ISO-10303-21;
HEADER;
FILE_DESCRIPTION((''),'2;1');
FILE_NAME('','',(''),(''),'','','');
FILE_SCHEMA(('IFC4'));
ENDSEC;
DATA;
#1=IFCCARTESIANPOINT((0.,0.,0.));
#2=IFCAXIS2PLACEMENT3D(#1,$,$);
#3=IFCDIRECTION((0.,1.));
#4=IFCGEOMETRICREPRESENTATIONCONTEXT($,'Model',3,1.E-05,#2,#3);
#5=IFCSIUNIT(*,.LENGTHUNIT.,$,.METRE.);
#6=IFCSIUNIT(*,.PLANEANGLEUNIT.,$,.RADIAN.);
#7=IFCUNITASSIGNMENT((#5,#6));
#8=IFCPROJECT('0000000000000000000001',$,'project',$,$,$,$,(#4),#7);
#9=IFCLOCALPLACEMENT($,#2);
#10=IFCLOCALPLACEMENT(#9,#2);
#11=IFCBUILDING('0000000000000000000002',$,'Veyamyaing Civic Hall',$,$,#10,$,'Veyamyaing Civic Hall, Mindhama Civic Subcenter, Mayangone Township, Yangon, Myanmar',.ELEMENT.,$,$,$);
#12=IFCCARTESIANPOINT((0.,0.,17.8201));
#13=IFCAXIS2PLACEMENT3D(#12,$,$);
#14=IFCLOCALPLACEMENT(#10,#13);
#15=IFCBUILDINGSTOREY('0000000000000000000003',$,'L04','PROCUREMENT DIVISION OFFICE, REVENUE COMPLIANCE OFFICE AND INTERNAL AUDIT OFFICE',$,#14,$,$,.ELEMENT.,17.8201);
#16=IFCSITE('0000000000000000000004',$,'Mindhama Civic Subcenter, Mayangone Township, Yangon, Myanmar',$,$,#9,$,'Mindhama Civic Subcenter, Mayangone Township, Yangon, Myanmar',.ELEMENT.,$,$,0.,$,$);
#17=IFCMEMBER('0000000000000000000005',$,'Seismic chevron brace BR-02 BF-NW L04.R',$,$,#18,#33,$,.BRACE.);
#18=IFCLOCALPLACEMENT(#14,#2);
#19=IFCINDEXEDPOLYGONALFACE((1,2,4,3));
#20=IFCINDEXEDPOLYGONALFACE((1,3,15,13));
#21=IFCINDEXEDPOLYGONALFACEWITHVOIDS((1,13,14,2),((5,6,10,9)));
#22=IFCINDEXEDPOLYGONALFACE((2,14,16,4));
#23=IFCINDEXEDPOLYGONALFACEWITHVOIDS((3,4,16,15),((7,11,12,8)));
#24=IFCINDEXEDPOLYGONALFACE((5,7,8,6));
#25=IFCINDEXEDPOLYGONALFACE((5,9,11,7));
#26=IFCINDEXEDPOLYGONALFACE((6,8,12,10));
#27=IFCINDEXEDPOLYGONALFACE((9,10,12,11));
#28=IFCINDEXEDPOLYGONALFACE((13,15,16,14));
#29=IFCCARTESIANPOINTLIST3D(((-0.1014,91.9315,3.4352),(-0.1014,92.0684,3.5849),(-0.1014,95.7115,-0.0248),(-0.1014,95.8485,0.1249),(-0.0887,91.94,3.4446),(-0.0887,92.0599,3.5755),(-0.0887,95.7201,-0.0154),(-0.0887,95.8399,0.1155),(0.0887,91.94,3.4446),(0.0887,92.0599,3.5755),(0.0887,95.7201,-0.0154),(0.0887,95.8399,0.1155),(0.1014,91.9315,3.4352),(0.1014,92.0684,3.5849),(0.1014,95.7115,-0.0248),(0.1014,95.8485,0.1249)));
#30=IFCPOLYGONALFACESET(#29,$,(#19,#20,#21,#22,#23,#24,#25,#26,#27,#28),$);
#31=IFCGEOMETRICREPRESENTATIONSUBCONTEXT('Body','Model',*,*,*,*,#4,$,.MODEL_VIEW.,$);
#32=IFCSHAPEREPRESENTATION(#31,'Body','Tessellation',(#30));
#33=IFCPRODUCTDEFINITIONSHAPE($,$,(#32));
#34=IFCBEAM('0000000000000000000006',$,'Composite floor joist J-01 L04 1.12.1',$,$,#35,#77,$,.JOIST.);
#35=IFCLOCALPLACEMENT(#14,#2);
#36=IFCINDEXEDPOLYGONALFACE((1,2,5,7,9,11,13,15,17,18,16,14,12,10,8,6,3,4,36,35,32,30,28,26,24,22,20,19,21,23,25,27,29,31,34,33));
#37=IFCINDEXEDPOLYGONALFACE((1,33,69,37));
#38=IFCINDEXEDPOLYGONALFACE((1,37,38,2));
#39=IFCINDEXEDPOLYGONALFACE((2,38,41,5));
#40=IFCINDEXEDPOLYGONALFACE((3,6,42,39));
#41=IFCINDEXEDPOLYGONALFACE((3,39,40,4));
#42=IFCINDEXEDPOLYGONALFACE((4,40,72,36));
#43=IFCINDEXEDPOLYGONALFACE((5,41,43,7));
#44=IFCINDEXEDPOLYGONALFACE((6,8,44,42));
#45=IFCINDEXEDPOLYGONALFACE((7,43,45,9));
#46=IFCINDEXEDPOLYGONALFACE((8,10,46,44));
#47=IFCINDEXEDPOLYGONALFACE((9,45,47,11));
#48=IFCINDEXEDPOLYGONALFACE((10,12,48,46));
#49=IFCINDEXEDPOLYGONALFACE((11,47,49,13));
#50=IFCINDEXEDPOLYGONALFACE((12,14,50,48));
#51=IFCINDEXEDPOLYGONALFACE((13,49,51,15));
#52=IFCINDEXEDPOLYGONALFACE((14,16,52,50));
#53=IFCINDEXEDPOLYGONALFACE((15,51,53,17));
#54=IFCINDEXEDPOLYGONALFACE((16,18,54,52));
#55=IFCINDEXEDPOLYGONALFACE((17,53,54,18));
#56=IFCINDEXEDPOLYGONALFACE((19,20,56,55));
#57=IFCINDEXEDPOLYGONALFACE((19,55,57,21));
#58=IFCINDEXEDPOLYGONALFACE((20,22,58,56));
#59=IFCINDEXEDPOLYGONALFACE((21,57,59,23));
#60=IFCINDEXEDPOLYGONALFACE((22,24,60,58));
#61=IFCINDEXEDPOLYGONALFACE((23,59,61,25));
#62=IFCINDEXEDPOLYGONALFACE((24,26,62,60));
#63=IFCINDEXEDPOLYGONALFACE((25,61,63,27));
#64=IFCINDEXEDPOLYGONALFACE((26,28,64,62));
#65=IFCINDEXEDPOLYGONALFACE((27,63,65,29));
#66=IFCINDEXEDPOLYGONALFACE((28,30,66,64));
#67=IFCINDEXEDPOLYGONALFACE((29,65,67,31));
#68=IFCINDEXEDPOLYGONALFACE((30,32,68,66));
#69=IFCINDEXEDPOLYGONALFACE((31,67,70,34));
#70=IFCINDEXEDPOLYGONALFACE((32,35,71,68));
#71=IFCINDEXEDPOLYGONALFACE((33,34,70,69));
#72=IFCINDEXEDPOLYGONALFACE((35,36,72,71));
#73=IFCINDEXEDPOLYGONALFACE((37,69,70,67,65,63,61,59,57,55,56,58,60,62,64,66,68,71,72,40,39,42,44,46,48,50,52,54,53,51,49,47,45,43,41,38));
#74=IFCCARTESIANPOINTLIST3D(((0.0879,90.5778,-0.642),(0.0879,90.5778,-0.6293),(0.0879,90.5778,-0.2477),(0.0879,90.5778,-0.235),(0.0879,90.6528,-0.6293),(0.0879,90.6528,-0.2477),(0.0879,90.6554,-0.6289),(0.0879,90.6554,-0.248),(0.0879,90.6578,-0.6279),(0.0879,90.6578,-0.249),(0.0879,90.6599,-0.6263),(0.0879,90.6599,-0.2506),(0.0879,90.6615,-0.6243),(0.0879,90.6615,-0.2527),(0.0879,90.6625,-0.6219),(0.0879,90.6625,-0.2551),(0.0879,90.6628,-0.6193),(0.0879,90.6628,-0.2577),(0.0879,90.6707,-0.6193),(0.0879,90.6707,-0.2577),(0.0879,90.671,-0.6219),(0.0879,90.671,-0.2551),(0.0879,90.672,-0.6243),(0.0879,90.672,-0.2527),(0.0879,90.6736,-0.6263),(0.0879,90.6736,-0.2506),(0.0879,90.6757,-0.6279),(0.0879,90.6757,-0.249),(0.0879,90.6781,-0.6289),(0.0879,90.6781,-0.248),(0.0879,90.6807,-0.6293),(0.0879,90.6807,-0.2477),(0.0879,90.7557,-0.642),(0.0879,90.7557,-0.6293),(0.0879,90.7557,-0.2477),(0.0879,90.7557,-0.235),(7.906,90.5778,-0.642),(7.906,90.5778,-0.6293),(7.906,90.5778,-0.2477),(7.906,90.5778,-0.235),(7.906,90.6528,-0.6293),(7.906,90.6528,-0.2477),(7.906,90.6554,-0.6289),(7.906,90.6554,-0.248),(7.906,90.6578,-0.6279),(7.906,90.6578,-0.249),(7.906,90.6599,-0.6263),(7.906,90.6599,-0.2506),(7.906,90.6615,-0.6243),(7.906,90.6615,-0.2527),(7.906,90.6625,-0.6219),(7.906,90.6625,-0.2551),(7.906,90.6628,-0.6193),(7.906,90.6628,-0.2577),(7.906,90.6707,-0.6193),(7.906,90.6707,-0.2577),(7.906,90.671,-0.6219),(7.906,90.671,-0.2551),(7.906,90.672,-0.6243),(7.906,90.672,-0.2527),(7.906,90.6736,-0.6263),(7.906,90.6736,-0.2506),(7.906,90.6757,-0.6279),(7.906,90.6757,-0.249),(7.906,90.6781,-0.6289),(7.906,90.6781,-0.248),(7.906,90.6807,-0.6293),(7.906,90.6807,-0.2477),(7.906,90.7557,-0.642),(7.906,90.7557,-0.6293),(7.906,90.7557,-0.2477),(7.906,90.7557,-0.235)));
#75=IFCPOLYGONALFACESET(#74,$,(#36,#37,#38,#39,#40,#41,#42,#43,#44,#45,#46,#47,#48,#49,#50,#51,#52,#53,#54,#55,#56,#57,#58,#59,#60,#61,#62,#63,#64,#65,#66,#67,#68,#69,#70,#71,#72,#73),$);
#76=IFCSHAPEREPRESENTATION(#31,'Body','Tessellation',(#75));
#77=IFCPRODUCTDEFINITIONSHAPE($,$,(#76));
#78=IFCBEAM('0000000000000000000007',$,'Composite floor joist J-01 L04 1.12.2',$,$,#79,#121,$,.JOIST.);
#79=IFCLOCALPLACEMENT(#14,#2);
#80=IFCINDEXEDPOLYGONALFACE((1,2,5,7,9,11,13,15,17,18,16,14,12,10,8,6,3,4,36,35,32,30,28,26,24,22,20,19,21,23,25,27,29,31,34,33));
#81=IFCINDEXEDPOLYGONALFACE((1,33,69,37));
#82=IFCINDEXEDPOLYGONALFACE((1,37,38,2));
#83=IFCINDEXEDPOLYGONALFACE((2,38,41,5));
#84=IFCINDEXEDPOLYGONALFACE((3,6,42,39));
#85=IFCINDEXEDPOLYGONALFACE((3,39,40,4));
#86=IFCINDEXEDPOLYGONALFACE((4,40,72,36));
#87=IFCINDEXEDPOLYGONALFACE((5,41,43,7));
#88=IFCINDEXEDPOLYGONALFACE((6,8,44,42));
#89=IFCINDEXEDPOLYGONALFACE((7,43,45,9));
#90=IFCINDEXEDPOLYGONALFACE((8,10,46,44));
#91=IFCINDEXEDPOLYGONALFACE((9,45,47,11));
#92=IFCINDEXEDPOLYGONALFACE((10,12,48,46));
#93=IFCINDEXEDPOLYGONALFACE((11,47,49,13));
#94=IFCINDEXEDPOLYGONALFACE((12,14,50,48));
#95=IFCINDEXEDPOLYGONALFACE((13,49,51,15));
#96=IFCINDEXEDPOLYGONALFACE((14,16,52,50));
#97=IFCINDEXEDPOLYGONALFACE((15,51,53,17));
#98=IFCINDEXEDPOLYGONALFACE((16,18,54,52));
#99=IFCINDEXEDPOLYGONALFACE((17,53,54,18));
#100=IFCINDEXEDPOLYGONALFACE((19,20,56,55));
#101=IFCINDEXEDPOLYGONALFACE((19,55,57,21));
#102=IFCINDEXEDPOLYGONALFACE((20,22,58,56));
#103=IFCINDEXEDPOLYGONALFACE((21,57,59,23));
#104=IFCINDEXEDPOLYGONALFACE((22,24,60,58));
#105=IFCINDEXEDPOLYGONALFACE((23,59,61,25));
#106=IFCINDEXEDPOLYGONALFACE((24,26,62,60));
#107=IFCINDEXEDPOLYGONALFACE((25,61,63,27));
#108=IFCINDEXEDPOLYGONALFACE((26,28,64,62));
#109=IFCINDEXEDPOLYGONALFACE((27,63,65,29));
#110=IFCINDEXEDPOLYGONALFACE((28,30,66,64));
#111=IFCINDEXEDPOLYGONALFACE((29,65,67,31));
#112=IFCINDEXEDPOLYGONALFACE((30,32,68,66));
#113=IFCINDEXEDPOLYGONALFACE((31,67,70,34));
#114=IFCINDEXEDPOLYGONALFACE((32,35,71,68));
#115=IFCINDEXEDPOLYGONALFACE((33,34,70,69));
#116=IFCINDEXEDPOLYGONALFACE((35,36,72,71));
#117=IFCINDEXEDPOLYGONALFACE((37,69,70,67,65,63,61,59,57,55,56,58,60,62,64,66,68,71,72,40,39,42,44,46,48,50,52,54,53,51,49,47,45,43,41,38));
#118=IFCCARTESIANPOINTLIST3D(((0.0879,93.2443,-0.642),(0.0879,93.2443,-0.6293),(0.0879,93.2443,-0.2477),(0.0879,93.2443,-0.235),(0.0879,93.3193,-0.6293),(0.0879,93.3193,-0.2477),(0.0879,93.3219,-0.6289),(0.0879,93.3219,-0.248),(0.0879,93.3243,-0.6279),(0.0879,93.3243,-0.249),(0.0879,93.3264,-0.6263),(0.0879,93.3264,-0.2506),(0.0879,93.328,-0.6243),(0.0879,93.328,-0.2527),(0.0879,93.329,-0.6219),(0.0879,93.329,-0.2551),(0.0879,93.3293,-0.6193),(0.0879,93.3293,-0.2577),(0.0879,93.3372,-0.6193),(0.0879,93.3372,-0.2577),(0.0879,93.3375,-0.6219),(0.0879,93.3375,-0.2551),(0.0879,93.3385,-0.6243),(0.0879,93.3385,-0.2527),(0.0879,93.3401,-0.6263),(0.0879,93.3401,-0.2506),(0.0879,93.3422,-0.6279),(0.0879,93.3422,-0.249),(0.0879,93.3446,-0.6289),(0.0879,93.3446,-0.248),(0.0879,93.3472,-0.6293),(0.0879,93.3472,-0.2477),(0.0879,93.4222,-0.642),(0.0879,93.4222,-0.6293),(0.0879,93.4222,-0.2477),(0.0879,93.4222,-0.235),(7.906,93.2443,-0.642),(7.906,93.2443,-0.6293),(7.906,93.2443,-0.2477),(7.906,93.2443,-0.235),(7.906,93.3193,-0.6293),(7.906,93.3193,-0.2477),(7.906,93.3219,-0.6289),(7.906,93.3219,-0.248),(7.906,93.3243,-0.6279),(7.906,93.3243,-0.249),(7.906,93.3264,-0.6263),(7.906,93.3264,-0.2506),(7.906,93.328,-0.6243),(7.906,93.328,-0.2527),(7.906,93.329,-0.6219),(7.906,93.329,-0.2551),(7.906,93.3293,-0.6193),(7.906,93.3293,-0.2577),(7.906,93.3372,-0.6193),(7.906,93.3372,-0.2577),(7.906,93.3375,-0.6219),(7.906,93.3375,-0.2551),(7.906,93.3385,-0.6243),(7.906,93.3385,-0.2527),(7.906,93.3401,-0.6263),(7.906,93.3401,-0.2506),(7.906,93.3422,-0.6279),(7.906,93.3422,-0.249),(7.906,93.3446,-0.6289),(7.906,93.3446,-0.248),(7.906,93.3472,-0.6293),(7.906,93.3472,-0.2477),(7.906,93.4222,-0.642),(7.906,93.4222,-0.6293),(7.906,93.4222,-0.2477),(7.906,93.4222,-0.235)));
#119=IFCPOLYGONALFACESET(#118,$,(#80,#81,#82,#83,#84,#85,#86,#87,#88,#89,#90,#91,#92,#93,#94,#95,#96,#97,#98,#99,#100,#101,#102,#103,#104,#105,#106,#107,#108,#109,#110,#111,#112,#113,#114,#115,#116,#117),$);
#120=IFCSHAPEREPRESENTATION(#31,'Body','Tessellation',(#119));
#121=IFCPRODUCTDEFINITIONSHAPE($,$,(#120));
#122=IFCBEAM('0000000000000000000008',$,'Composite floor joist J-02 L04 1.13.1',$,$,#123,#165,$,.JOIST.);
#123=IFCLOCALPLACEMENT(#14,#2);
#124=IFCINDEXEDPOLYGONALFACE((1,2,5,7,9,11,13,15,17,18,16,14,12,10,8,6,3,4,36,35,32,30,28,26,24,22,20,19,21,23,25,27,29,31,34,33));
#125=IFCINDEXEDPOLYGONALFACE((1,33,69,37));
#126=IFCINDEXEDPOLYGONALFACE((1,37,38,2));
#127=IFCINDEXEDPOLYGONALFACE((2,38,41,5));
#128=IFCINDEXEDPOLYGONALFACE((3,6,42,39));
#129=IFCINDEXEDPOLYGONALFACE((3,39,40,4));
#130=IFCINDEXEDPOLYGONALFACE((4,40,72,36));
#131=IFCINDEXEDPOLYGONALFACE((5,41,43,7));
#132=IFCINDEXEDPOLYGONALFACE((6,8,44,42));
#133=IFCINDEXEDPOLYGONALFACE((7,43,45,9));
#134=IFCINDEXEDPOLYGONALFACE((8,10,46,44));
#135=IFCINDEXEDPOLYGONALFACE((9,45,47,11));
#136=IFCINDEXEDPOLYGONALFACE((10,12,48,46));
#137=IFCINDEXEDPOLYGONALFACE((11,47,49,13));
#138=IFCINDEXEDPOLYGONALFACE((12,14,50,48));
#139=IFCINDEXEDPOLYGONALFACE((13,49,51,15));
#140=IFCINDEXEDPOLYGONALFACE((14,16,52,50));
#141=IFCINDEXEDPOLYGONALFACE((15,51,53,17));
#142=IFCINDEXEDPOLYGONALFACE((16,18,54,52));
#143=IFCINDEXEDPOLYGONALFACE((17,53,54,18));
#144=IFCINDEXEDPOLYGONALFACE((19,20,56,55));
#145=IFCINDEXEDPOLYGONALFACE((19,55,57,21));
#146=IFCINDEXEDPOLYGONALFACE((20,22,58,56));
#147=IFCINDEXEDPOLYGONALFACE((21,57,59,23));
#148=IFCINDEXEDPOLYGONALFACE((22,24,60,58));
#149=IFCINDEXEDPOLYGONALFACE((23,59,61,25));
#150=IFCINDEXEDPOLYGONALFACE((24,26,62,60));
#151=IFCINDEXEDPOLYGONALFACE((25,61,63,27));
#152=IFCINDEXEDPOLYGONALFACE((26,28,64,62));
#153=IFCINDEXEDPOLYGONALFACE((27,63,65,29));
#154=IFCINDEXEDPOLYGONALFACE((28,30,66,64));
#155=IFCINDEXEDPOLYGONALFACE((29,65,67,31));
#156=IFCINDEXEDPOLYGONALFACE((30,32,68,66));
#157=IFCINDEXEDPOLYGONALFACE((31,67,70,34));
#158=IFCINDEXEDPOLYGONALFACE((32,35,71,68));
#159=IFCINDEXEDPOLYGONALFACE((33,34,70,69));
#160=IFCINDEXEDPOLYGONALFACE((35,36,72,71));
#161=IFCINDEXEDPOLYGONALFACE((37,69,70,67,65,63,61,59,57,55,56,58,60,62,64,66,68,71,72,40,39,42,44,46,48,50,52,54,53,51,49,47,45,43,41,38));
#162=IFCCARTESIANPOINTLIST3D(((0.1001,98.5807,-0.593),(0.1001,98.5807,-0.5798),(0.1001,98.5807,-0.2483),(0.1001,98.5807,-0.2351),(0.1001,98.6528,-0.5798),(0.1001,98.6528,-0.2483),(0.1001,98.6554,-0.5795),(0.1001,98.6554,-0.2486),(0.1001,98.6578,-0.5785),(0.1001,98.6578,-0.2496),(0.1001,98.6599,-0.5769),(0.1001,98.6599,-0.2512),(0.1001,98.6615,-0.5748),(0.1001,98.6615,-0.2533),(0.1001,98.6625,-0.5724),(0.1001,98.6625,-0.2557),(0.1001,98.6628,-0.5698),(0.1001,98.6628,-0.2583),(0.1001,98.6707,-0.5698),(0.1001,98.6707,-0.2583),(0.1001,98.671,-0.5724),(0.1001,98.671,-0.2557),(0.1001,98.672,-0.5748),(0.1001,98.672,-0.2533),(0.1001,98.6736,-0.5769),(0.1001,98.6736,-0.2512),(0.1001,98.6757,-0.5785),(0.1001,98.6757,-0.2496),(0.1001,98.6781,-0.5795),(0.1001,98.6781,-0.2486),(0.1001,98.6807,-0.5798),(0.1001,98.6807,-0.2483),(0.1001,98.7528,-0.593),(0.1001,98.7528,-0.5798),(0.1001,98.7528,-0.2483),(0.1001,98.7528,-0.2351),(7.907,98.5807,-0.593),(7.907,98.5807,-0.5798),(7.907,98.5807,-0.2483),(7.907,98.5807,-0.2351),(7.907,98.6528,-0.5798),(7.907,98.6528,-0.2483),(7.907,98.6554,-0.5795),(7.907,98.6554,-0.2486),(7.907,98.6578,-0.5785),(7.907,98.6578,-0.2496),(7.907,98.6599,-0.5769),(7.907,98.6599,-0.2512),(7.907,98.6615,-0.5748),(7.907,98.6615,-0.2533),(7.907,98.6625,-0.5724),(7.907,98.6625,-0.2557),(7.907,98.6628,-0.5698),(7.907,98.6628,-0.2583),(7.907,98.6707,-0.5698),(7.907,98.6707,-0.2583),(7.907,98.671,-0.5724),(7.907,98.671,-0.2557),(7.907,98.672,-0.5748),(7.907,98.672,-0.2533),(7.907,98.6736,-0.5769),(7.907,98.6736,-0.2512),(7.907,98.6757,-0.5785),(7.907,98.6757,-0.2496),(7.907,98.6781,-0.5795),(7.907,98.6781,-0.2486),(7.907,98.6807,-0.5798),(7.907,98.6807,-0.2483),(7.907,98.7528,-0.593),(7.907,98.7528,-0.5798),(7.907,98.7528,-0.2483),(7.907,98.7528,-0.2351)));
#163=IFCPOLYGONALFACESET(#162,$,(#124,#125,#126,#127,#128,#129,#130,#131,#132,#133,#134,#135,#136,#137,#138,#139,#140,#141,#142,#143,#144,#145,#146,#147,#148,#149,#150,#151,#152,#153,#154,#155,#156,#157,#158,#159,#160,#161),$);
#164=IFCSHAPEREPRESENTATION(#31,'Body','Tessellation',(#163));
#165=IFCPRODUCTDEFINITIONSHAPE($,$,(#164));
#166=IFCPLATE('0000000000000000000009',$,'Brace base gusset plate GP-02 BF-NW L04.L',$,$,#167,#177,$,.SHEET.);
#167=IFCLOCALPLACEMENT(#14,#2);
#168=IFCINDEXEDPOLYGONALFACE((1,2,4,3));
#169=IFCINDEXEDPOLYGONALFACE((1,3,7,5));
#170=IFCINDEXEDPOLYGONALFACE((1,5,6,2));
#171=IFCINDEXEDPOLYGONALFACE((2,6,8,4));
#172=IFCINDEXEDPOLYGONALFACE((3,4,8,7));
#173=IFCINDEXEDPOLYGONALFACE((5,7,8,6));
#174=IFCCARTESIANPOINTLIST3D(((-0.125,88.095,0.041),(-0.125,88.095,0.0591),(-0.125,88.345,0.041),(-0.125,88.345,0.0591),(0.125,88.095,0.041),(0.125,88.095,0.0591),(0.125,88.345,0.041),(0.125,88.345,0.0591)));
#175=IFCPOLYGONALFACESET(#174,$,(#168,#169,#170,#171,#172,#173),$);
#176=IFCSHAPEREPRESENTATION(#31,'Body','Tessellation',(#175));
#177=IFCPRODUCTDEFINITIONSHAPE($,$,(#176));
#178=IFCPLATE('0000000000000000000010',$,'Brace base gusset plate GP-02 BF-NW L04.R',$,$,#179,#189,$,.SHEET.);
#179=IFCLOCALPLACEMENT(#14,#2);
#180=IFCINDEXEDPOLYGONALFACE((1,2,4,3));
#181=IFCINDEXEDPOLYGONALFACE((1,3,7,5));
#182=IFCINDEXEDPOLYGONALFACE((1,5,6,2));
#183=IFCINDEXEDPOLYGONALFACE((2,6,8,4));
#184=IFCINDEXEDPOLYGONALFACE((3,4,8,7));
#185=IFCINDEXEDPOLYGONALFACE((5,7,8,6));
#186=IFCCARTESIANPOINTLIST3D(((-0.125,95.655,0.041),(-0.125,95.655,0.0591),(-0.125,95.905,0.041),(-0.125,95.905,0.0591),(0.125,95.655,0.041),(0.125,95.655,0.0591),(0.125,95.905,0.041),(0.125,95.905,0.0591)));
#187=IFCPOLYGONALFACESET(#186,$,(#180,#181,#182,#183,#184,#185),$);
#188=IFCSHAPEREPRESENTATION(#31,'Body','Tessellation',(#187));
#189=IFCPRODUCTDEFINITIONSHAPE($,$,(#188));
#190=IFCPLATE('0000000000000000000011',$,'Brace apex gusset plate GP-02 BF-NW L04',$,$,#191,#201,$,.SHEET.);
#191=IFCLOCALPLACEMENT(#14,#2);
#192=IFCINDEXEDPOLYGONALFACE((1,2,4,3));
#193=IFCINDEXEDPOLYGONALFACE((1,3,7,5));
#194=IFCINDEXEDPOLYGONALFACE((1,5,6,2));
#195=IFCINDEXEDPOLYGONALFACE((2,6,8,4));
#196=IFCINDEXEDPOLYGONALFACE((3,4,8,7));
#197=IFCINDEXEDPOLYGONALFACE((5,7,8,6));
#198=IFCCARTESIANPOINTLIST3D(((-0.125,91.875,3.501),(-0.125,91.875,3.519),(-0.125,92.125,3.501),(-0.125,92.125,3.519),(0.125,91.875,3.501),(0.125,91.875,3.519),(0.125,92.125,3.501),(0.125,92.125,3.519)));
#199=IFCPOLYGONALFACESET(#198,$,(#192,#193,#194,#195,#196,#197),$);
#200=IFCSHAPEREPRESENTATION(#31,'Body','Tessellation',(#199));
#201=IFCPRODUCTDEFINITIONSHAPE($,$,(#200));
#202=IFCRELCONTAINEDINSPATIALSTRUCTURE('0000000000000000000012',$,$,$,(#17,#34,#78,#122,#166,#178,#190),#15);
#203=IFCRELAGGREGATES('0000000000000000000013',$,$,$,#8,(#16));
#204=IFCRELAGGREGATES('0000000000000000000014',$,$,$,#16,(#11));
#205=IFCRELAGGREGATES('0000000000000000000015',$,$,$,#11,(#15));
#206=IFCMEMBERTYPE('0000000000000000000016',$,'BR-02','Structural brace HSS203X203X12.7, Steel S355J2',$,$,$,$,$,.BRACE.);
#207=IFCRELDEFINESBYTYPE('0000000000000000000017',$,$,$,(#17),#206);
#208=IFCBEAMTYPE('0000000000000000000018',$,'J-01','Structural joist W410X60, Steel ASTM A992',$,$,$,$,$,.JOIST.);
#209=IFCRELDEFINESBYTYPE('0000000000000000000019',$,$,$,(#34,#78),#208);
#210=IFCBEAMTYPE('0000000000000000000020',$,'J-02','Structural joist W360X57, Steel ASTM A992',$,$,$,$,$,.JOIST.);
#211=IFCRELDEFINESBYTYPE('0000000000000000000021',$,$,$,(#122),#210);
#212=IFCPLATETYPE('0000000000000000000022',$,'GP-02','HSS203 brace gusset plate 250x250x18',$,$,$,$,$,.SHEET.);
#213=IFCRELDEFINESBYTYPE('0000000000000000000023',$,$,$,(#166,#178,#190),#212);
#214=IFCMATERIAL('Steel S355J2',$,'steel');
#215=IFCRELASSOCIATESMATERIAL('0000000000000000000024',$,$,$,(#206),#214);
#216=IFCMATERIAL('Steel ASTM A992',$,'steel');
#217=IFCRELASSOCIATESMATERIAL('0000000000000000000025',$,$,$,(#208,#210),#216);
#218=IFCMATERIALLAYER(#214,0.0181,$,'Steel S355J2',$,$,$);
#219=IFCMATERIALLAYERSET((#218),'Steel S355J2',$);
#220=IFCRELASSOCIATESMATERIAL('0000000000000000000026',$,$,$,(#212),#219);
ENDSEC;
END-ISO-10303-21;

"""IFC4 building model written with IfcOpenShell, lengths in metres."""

from ifc_helpers import new_model, si_unit, direction, frame, origin, origin_2d, place, context, subcontext, project, spatial, rectangle, hollow_rectangle, i_section, extrude, material, layer, layer_set, material_profile, profile_set, type_object, element, save


model = new_model("IFC4")

# Units and contexts
model_context = context("Model", 3, precision=1e-05, world=origin(), true_north=direction((0.0, 1.0)))
body_context = subcontext(model_context, "Body", "Model", "MODEL_VIEW")
ifc_project = project(units=[si_unit("LENGTHUNIT", "METRE"), si_unit("PLANEANGLEUNIT", "RADIAN")], contexts=[model_context])

# Site, building, storey
site_placement = place(None, origin())
site = spatial("IfcSite", under=ifc_project, at=site_placement, Name="Mindhama Civic Subcenter, Mayangone Township, Yangon, Myanmar", LongName="Mindhama Civic Subcenter, Mayangone Township, Yangon, Myanmar", CompositionType="ELEMENT", RefElevation=0.0)
building_placement = place(site_placement, origin())
building = spatial("IfcBuilding", under=site, at=building_placement, Name="Veyamyaing Civic Hall", LongName="Veyamyaing Civic Hall, Mindhama Civic Subcenter, Mayangone Township, Yangon, Myanmar", CompositionType="ELEMENT")
storey_placement = place(building_placement, frame((0.0, 0.0, 17.8201)))
storey = spatial("IfcBuildingStorey", under=building, at=storey_placement, Name="L04", Description="PROCUREMENT DIVISION OFFICE, REVENUE COMPLIANCE OFFICE AND INTERNAL AUDIT OFFICE", CompositionType="ELEMENT", Elevation=17.8201)

# Shared definitions
ifc_material_1 = material(Name="Steel ASTM A992", Category="steel")

# Member
ifc_material_2 = material(Name="Steel S355J2", Category="steel")
ifc_material_profile_1 = material_profile(ifc_material_2, hollow_rectangle(XDim=0.2029, YDim=0.2029, WallThickness=0.0127, at=origin_2d()), Name="HSS203X203X12.7")
ifc_profile_set_1 = profile_set([ifc_material_profile_1], Name="Steel S355J2")
member_type = type_object("IfcMemberType", Name="BR-02", Description="Structural brace HSS203X203X12.7, Steel S355J2", PredefinedType="BRACE", material=ifc_profile_set_1)
for number, where, z_axis, x_axis, name in (
    (1, (0.0, 95.78, 0.05), (0.0, -0.737646, 0.675187), (1.0, 0.0, 0.0), "Seismic chevron brace BR-02 BF-NW L04.R"),
):
    element("IfcMember", number, at=place(storey_placement, frame(where, z_axis=z_axis, x_axis=x_axis)), inside=storey, type_object=member_type, Name=name, PredefinedType="BRACE", context=body_context, shape_type="SweptSolid", body=[
        extrude(hollow_rectangle(XDim=0.2029, YDim=0.2029, WallThickness=0.0127, at=origin_2d()), origin(), (0.0, 0.0, 1.0), 5.1245),
    ])

# Beams
ifc_material_profile_2 = material_profile(ifc_material_1, i_section(OverallWidth=0.178, OverallDepth=0.407, WebThickness=0.0078, FlangeThickness=0.0127, FilletRadius=0.01, at=origin_2d()), Name="W410X60")
ifc_profile_set_2 = profile_set([ifc_material_profile_2], Name="Steel ASTM A992")
beam_type_1 = type_object("IfcBeamType", Name="J-01", Description="Structural joist W410X60, Steel ASTM A992", PredefinedType="JOIST", material=ifc_profile_set_2)
for number, where, z_axis, x_axis, name in (
    (2, (0.0879, 90.6667, -0.4385), (1.0, 0.0, 0.0), (0.0, 1.0, 0.0), "Composite floor joist J-01 L04 1.12.1"),
    (3, (0.0879, 93.3333, -0.4385), (1.0, 0.0, 0.0), (0.0, 1.0, 0.0), "Composite floor joist J-01 L04 1.12.2"),
):
    element("IfcBeam", number, at=place(storey_placement, frame(where, z_axis=z_axis, x_axis=x_axis)), inside=storey, type_object=beam_type_1, Name=name, PredefinedType="JOIST", context=body_context, shape_type="SweptSolid", body=[
        extrude(i_section(OverallWidth=0.178, OverallDepth=0.407, WebThickness=0.0078, FlangeThickness=0.0127, FilletRadius=0.01, at=origin_2d()), origin(), (0.0, 0.0, 1.0), 7.8181),
    ])
ifc_material_profile_3 = material_profile(ifc_material_1, i_section(OverallWidth=0.1721, OverallDepth=0.3579, WebThickness=0.0078, FlangeThickness=0.0132, FilletRadius=0.01, at=origin_2d()), Name="W360X57")
ifc_profile_set_3 = profile_set([ifc_material_profile_3], Name="Steel ASTM A992")
beam_type_2 = type_object("IfcBeamType", Name="J-02", Description="Structural joist W360X57, Steel ASTM A992", PredefinedType="JOIST", material=ifc_profile_set_3)
beam_1_placement = place(storey_placement, frame((0.1001, 98.6667, -0.4141), z_axis=(1.0, 0.0, 0.0), x_axis=(0.0, 1.0, 0.0)))
element("IfcBeam", 4, at=beam_1_placement, inside=storey, type_object=beam_type_2, Name="Composite floor joist J-02 L04 1.13.1", PredefinedType="JOIST", context=body_context, shape_type="SweptSolid", body=[
    extrude(i_section(OverallWidth=0.1721, OverallDepth=0.3579, WebThickness=0.0078, FlangeThickness=0.0132, FilletRadius=0.01, at=origin_2d()), origin(), (0.0, 0.0, 1.0), 7.8069),
])

# Plates
ifc_layer_1 = layer(ifc_material_2, 0.0181, Name="Steel S355J2")
ifc_layer_set_1 = layer_set([ifc_layer_1], Name="Steel S355J2")
plate_type = type_object("IfcPlateType", Name="GP-02", Description="HSS203 brace gusset plate 250x250x18", PredefinedType="SHEET", material=ifc_layer_set_1)
for number, where, z_axis, x_axis, name in (
    (5, (0.0, 88.22, 0.041), (0.0, 0.0, 1.0), (1.0, 0.0, 0.0), "Brace base gusset plate GP-02 BF-NW L04.L"),
    (6, (0.0, 95.78, 0.041), (0.0, 0.0, 1.0), (1.0, 0.0, 0.0), "Brace base gusset plate GP-02 BF-NW L04.R"),
    (7, (0.0, 92.0, 3.501), (0.0, 0.0, 1.0), (1.0, 0.0, 0.0), "Brace apex gusset plate GP-02 BF-NW L04"),
):
    element("IfcPlate", number, at=place(storey_placement, frame(where, z_axis=z_axis, x_axis=x_axis)), inside=storey, type_object=plate_type, Name=name, PredefinedType="SHEET", context=body_context, shape_type="SweptSolid", body=[
        extrude(rectangle(XDim=0.25, YDim=0.25, at=origin_2d()), origin(), (0.0, 0.0, 1.0), 0.0181),
    ])

save(model, "model.ifc")
